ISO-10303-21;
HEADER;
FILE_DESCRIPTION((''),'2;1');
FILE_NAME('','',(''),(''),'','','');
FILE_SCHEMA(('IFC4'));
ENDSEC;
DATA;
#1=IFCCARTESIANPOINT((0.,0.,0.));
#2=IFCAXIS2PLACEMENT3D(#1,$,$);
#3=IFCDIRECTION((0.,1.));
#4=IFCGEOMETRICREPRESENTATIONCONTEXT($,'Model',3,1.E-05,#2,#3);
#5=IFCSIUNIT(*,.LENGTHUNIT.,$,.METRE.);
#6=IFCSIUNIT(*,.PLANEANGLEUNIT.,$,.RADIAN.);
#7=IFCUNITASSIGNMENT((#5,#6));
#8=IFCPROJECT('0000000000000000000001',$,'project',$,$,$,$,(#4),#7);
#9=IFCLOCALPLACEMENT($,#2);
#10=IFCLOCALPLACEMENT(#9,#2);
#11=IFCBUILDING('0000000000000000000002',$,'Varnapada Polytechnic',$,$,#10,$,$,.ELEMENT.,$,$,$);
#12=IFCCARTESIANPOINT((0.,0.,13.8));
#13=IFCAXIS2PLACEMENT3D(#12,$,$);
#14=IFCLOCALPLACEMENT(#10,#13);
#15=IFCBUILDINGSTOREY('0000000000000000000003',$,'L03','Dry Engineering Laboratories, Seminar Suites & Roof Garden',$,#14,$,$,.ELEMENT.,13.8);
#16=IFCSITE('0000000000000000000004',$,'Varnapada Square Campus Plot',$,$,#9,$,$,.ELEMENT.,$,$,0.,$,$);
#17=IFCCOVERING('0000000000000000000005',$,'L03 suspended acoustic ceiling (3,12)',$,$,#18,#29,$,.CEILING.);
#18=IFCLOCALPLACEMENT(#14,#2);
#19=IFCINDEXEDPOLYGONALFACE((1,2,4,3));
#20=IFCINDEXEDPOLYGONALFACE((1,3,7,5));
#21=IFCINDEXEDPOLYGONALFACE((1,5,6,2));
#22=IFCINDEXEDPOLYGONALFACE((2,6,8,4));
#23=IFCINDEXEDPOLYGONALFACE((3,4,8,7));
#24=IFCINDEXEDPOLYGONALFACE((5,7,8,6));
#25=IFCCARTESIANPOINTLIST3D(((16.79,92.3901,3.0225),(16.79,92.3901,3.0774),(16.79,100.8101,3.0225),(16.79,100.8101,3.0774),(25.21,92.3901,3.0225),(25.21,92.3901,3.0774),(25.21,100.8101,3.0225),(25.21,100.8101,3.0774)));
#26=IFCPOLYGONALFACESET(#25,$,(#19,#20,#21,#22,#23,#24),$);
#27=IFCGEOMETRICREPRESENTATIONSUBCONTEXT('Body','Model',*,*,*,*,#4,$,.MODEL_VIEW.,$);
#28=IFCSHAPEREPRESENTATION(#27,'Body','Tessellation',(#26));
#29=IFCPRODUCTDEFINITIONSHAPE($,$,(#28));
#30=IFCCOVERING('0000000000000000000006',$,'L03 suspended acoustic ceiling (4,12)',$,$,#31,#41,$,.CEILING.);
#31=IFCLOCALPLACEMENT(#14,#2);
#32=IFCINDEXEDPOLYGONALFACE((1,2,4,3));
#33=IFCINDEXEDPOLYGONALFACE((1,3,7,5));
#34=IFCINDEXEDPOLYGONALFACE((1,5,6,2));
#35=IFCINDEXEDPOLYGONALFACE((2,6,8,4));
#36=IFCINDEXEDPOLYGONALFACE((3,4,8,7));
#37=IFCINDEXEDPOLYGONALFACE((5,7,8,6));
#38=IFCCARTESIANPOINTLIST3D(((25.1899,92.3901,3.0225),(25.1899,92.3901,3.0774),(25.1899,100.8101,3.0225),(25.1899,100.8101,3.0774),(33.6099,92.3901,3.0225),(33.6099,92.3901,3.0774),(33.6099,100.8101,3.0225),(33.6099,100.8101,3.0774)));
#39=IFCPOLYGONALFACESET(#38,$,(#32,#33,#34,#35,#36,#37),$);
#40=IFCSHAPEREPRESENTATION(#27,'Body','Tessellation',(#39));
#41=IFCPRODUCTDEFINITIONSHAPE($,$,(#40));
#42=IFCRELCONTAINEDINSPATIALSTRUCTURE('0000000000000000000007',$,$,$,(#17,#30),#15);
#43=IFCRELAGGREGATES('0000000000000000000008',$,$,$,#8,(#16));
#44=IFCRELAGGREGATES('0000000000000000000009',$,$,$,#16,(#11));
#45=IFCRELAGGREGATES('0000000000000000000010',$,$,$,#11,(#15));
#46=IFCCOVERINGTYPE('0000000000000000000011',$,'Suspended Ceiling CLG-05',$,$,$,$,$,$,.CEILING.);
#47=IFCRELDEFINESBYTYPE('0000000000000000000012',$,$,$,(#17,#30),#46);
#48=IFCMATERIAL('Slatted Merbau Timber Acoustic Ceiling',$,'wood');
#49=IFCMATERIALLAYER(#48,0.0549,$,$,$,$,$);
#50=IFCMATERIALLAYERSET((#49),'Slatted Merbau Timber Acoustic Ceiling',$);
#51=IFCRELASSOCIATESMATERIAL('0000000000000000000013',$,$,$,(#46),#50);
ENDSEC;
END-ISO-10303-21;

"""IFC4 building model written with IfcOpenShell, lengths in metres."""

from ifc_helpers import new_model, si_unit, direction, frame, origin, origin_2d, place, context, subcontext, project, spatial, rectangle, extrude, material, layer, layer_set, type_object, element, save


model = new_model("IFC4")

# Units and contexts
model_context = context("Model", 3, precision=1e-05, world=origin(), true_north=direction((0.0, 1.0)))
body_context = subcontext(model_context, "Body", "Model", "MODEL_VIEW")
ifc_project = project(units=[si_unit("LENGTHUNIT", "METRE"), si_unit("PLANEANGLEUNIT", "RADIAN")], contexts=[model_context])

# Site, building, storey
site_placement = place(None, origin())
site = spatial("IfcSite", under=ifc_project, at=site_placement, Name="Varnapada Square Campus Plot", CompositionType="ELEMENT", RefElevation=0.0)
building_placement = place(site_placement, origin())
building = spatial("IfcBuilding", under=site, at=building_placement, Name="Varnapada Polytechnic", CompositionType="ELEMENT")
storey_placement = place(building_placement, frame((0.0, 0.0, 13.8)))
storey = spatial("IfcBuildingStorey", under=building, at=storey_placement, Name="L03", Description="Dry Engineering Laboratories, Seminar Suites & Roof Garden", CompositionType="ELEMENT", Elevation=13.8)

# Coverings
ifc_material_1 = material(Name="Slatted Merbau Timber Acoustic Ceiling", Category="wood")
ifc_layer_1 = layer(ifc_material_1, 0.0549)
ifc_layer_set_1 = layer_set([ifc_layer_1], Name="Slatted Merbau Timber Acoustic Ceiling")
covering_type_1 = type_object("IfcCoveringType", Name="Suspended Ceiling CLG-05", PredefinedType="CEILING", material=ifc_layer_set_1)
for number, where, z_axis, x_axis, name in (
    (1, (21.0, 96.6001, 3.0225), (0.0, 0.0, 1.0), (1.0, 0.0, 0.0), "L03 suspended acoustic ceiling (3,12)"),
    (2, (29.3999, 96.6001, 3.0225), (0.0, 0.0, 1.0), (1.0, 0.0, 0.0), "L03 suspended acoustic ceiling (4,12)"),
):
    element("IfcCovering", number, at=place(storey_placement, frame(where, z_axis=z_axis, x_axis=x_axis)), inside=storey, type_object=covering_type_1, Name=name, PredefinedType="CEILING", context=body_context, shape_type="SweptSolid", body=[
        extrude(rectangle(XDim=8.4199, YDim=8.4199, at=origin_2d()), origin(), (0.0, 0.0, 1.0), 0.0549),
    ])

save(model, "model.ifc")
